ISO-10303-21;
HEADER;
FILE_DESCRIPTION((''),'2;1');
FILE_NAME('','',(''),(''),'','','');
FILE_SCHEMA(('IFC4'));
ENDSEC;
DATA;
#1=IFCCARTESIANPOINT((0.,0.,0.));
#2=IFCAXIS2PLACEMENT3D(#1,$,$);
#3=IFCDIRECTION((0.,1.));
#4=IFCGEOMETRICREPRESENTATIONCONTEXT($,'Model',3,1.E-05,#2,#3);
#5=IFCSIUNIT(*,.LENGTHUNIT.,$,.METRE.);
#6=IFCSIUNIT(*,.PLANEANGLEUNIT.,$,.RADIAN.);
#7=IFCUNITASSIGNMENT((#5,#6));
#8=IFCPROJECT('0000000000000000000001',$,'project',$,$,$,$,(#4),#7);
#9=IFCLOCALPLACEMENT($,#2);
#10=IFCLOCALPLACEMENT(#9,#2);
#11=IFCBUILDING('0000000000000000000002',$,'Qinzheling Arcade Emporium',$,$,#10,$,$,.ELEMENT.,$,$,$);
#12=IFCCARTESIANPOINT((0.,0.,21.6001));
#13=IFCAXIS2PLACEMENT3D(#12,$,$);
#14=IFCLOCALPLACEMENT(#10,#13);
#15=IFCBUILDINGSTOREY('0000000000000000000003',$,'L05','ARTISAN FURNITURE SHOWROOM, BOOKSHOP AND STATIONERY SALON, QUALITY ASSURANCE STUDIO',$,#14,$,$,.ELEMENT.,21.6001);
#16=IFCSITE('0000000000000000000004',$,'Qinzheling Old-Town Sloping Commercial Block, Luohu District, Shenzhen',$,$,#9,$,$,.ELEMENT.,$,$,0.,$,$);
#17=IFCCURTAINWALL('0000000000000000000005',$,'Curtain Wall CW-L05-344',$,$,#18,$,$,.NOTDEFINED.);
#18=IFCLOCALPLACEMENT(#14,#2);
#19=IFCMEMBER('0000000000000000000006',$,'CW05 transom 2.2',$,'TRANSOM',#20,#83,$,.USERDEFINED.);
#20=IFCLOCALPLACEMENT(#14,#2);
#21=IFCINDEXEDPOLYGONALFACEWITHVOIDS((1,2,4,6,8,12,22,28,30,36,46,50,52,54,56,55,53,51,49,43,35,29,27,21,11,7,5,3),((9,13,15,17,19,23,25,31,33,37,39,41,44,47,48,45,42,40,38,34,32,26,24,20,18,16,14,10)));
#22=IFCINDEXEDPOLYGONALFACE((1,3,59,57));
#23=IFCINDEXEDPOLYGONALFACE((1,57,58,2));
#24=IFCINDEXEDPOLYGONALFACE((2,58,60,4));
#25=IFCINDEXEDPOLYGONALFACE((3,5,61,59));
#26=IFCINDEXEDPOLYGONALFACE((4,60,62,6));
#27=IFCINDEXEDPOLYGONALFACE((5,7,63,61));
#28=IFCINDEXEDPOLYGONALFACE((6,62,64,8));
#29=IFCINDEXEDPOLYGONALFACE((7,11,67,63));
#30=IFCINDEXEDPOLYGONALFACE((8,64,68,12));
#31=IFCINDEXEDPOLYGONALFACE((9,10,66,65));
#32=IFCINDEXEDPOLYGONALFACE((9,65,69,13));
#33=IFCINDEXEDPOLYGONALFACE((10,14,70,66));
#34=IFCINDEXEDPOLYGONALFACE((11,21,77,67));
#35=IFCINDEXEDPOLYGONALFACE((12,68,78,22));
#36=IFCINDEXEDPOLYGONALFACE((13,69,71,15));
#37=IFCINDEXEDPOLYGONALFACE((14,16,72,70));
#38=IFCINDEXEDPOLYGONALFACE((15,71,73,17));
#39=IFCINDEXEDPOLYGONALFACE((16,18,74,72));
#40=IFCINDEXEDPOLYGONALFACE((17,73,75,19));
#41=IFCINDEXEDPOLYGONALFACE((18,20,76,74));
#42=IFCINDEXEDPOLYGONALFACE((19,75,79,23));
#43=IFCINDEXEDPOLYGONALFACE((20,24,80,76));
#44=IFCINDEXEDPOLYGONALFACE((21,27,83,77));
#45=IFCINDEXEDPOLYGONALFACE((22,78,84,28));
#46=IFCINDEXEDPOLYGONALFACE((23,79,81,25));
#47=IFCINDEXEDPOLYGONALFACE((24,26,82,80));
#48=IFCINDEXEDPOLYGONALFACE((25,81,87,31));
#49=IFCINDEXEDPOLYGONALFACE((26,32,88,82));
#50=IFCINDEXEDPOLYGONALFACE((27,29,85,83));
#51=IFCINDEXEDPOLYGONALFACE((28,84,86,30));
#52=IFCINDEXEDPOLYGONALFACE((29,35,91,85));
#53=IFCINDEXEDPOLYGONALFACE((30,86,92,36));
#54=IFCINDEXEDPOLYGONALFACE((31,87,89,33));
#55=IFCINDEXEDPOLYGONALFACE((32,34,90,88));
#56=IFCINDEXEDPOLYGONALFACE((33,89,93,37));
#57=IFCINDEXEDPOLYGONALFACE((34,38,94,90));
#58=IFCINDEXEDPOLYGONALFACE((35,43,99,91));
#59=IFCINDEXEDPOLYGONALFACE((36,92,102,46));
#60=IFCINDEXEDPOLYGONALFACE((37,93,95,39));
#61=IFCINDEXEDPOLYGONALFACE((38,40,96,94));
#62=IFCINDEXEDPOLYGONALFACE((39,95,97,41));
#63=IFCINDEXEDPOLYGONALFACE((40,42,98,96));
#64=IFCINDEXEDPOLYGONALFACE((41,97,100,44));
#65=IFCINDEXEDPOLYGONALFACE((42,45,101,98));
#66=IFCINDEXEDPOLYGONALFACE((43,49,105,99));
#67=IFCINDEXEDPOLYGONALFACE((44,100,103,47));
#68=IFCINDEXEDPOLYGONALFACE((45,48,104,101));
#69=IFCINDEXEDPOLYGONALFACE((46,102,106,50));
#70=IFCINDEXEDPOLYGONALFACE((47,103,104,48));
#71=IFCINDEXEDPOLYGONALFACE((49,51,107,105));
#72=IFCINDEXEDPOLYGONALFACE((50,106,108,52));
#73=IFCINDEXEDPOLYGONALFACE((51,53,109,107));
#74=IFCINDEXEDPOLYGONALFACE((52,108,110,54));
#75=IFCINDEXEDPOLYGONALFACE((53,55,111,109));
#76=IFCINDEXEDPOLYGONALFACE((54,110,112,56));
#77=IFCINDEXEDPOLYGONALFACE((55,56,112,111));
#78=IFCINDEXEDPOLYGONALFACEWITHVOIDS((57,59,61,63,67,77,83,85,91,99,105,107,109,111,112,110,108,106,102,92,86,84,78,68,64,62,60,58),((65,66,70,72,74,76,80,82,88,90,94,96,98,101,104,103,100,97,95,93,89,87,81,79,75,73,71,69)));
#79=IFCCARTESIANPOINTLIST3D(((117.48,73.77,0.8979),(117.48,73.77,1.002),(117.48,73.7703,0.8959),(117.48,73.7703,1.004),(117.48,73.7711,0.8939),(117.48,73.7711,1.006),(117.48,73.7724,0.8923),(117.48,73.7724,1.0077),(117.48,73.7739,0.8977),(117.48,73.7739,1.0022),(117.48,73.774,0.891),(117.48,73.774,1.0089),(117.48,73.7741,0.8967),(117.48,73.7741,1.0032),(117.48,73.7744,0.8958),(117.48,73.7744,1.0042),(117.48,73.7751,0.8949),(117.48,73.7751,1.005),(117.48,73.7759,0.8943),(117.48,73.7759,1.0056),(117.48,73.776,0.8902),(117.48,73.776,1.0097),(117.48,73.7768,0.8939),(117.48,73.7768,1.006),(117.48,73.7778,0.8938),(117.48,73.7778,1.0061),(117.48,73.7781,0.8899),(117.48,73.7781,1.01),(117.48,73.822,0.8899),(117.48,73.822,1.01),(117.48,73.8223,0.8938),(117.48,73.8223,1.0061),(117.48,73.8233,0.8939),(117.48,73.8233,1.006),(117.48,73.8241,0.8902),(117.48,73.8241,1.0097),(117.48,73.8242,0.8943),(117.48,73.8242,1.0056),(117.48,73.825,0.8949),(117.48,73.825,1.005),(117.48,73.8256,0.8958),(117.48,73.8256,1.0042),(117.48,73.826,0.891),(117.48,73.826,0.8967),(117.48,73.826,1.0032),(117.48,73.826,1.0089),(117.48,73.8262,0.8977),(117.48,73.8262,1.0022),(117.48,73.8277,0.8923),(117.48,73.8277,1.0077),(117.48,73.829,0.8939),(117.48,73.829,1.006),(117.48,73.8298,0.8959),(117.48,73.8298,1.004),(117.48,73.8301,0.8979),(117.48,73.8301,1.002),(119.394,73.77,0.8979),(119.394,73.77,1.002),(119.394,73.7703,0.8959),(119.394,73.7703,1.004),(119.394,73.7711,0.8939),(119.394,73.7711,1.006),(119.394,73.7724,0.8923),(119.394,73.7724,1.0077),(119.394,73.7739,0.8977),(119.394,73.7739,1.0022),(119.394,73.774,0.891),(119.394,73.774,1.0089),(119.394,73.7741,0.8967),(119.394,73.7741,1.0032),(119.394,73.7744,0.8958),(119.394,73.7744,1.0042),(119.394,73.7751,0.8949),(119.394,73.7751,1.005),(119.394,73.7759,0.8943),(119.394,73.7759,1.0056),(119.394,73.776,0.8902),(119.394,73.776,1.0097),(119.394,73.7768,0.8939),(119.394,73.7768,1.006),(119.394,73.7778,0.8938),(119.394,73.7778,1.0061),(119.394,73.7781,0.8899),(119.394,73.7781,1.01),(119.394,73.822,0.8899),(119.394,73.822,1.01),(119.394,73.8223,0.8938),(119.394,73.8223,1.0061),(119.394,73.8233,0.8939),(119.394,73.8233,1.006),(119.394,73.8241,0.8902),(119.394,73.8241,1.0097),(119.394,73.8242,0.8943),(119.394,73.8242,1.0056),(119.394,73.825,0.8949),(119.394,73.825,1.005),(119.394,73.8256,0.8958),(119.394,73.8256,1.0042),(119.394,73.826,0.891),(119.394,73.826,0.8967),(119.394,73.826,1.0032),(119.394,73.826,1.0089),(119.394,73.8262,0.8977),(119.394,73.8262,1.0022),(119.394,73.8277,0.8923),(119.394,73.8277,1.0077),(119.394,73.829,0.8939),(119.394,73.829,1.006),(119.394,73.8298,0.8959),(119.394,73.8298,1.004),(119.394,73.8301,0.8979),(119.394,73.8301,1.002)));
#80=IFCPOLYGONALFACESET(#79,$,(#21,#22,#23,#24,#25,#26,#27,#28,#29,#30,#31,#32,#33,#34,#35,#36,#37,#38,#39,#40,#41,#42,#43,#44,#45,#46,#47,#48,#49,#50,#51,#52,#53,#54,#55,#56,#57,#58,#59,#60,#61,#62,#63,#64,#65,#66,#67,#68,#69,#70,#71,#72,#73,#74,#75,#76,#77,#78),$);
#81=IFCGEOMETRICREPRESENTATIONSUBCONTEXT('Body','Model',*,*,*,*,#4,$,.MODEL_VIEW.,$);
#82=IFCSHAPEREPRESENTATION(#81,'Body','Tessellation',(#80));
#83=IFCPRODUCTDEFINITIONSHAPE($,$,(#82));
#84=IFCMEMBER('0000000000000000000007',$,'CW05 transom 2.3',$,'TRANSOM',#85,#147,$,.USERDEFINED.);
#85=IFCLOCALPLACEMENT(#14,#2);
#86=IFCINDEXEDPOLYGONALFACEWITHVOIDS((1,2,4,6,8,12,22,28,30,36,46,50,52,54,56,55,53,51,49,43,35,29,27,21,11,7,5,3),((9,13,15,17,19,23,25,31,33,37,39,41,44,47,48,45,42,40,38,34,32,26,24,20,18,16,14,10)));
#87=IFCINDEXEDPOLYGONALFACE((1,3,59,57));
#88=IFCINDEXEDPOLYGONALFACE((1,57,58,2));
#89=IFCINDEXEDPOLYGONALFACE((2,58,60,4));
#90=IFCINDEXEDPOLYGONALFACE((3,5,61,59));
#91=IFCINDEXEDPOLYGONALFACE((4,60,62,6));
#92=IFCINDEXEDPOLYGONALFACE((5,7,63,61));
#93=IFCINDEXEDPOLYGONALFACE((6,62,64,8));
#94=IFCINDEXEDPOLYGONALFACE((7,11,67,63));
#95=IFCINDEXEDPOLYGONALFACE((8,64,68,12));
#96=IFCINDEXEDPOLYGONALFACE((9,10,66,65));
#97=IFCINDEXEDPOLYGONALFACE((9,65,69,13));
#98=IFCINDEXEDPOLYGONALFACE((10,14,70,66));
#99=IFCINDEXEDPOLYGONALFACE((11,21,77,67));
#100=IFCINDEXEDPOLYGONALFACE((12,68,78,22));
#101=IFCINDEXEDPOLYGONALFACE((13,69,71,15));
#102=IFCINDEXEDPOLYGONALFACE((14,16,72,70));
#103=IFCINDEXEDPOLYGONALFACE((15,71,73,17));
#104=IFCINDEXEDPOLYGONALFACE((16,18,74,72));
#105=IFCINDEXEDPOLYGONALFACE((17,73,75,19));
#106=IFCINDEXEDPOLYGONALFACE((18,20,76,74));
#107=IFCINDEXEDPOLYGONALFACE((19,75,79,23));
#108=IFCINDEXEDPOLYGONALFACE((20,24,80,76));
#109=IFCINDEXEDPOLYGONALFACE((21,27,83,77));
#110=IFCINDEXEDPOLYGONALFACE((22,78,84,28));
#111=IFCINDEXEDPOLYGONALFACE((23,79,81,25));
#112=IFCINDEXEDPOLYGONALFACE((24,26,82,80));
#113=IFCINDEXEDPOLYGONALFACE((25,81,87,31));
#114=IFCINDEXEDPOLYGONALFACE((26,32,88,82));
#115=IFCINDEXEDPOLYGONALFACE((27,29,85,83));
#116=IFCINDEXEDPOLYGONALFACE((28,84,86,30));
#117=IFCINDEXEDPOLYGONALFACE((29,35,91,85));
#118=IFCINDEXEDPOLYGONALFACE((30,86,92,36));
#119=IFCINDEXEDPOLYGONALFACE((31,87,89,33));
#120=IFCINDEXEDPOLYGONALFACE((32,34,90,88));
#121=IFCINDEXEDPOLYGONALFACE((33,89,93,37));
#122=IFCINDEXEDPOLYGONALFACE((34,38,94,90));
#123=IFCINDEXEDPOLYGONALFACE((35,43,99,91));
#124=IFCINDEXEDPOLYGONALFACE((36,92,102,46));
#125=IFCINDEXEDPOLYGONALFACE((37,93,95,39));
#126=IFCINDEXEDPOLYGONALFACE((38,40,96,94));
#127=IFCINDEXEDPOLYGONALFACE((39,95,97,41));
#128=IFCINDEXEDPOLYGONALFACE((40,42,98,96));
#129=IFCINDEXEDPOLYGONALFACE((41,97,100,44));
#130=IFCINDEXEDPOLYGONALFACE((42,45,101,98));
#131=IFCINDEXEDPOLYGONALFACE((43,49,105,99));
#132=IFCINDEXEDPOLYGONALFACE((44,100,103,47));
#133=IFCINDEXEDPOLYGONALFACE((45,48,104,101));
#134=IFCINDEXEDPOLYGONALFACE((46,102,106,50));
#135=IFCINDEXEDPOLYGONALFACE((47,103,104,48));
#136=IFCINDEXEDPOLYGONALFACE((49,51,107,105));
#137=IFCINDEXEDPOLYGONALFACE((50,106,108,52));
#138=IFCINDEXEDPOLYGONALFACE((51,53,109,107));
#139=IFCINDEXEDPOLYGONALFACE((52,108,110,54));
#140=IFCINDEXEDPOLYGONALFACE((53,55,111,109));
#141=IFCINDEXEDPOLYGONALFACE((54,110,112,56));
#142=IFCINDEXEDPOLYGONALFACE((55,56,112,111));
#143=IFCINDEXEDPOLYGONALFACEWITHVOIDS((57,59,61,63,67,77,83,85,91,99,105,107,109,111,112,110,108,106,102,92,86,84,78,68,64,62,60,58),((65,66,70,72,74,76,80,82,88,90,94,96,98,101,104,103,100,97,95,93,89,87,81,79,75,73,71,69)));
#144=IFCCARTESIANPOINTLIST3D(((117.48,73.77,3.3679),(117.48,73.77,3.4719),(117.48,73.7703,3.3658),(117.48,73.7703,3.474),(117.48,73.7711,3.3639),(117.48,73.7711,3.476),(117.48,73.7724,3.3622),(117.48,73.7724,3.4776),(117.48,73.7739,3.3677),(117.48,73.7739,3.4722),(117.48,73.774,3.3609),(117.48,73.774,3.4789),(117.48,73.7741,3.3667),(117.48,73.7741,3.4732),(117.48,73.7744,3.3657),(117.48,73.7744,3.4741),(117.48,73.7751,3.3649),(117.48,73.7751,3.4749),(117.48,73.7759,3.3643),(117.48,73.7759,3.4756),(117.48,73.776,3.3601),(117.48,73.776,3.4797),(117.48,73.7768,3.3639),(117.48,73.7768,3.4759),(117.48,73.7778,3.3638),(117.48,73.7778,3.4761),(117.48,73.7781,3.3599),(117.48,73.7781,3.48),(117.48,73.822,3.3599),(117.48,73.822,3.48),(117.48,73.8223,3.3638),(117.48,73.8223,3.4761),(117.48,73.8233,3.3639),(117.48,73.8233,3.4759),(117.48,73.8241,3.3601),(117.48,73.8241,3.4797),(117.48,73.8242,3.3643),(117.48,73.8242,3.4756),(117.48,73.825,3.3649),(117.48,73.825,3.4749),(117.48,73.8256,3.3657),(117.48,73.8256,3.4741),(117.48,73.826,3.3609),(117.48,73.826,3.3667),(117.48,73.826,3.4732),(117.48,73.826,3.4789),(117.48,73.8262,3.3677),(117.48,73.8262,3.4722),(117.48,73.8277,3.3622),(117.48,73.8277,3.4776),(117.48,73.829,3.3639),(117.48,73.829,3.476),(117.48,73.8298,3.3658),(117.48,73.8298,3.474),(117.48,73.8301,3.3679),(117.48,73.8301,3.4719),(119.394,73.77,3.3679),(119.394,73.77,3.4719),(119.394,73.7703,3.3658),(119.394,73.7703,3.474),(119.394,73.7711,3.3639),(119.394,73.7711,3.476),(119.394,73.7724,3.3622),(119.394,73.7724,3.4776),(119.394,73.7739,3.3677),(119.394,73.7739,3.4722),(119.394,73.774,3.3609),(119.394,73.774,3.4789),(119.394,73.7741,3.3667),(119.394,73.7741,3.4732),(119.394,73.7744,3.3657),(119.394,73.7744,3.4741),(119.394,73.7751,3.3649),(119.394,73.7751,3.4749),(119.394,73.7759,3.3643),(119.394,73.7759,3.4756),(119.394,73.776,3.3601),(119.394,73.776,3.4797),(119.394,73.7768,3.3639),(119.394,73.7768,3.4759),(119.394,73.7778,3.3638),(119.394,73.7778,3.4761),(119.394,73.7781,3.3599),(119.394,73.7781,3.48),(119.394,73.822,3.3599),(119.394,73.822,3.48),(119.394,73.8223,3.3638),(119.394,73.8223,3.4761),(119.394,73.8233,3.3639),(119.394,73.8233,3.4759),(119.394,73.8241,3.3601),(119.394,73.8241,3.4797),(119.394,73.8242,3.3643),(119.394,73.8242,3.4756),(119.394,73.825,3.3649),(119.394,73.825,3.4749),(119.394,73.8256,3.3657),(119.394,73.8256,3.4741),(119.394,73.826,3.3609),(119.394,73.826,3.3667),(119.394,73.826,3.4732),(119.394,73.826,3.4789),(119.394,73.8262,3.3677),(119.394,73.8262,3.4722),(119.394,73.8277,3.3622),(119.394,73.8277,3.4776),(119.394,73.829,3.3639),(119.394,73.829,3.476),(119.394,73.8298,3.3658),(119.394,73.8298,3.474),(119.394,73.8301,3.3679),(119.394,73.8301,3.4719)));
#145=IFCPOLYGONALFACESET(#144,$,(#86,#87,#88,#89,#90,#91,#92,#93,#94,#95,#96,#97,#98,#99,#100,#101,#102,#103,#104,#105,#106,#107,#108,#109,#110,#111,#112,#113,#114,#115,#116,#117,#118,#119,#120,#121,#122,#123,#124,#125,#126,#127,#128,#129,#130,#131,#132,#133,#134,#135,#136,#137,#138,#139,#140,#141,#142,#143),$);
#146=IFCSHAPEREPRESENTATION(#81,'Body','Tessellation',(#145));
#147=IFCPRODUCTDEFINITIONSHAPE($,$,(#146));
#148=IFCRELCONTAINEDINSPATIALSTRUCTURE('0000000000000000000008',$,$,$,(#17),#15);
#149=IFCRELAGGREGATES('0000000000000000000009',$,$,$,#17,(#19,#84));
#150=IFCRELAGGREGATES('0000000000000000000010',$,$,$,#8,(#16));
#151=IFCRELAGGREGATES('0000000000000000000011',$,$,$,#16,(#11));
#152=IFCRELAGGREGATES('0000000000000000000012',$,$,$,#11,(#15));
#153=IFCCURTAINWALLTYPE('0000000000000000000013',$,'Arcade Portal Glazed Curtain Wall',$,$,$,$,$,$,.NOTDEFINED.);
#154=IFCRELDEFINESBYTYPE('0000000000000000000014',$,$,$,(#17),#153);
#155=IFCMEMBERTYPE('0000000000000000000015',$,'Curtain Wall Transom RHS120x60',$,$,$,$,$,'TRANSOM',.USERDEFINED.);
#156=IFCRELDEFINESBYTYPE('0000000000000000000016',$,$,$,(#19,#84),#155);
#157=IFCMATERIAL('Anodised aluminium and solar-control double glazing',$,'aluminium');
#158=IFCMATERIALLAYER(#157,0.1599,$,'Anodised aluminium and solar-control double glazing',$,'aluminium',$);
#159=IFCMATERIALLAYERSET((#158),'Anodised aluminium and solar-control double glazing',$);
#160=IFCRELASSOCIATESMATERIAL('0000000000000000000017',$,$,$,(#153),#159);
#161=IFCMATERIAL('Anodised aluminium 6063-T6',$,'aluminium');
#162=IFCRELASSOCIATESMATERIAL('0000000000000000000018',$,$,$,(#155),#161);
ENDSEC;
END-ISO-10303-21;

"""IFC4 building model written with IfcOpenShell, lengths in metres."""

from ifc_helpers import new_model, si_unit, direction, frame, origin, origin_2d, place, context, subcontext, project, spatial, hollow_rectangle, extrude, material, layer, layer_set, material_profile, profile_set, type_object, element, aggregate, save


model = new_model("IFC4")

# Units and contexts
model_context = context("Model", 3, precision=1e-05, world=origin(), true_north=direction((0.0, 1.0)))
body_context = subcontext(model_context, "Body", "Model", "MODEL_VIEW")
ifc_project = project(units=[si_unit("LENGTHUNIT", "METRE"), si_unit("PLANEANGLEUNIT", "RADIAN")], contexts=[model_context])

# Site, building, storey
site_placement = place(None, origin())
site = spatial("IfcSite", under=ifc_project, at=site_placement, Name="Qinzheling Old-Town Sloping Commercial Block, Luohu District, Shenzhen", CompositionType="ELEMENT", RefElevation=0.0)
building_placement = place(site_placement, origin())
building = spatial("IfcBuilding", under=site, at=building_placement, Name="Qinzheling Arcade Emporium", CompositionType="ELEMENT")
storey_placement = place(building_placement, frame((0.0, 0.0, 21.6001)))
storey = spatial("IfcBuildingStorey", under=building, at=storey_placement, Name="L05", Description="ARTISAN FURNITURE SHOWROOM, BOOKSHOP AND STATIONERY SALON, QUALITY ASSURANCE STUDIO", CompositionType="ELEMENT", Elevation=21.6001)

# Curtain wall, members
ifc_material_1 = material(Name="Anodised aluminium and solar-control double glazing", Category="aluminium")
ifc_layer_1 = layer(ifc_material_1, 0.1599, Name="Anodised aluminium and solar-control double glazing", Category="aluminium")
ifc_layer_set_1 = layer_set([ifc_layer_1], Name="Anodised aluminium and solar-control double glazing")
curtain_wall_type = type_object("IfcCurtainWallType", Name="Arcade Portal Glazed Curtain Wall", PredefinedType="NOTDEFINED", material=ifc_layer_set_1)
curtain_wall_placement = place(storey_placement, origin())
curtain_wall = element("IfcCurtainWall", 1, at=curtain_wall_placement, inside=storey, type_object=curtain_wall_type, Name="Curtain Wall CW-L05-344", PredefinedType="NOTDEFINED")
ifc_material_2 = material(Name="Anodised aluminium 6063-T6", Category="aluminium")
ifc_material_profile_1 = material_profile(ifc_material_2, hollow_rectangle(XDim=0.0601, YDim=0.1201, WallThickness=0.0039, InnerFilletRadius=0.0039, OuterFilletRadius=0.0081, at=origin_2d()), Name="RHS 120x60x4", Category="aluminium")
ifc_profile_set_1 = profile_set([ifc_material_profile_1], Name="Anodised aluminium 6063-T6")
member_type_1 = type_object("IfcMemberType", Name="Curtain Wall Transom RHS120x60", ElementType="TRANSOM", PredefinedType="USERDEFINED", material=ifc_profile_set_1)
member_1_placement = place(storey_placement, frame((119.394, 73.8, 0.95), z_axis=(-1.0, 0.0, 0.0), x_axis=(0.0, -1.0, 0.0)))
member_1 = element("IfcMember", 2, at=member_1_placement, type_object=member_type_1, Name="CW05 transom 2.2", ObjectType="TRANSOM", PredefinedType="USERDEFINED", context=body_context, shape_type="SweptSolid", body=[
    extrude(hollow_rectangle(XDim=0.0601, YDim=0.1201, WallThickness=0.0039, InnerFilletRadius=0.0039, OuterFilletRadius=0.0081, at=origin_2d()), origin(), (0.0, 0.0, 1.0), 1.9141),
])
member_2_placement = place(storey_placement, frame((119.394, 73.8, 3.4199), z_axis=(-1.0, 0.0, 0.0), x_axis=(0.0, -1.0, 0.0)))
member_2 = element("IfcMember", 3, at=member_2_placement, type_object=member_type_1, Name="CW05 transom 2.3", ObjectType="TRANSOM", PredefinedType="USERDEFINED", context=body_context, shape_type="SweptSolid", body=[
    extrude(hollow_rectangle(XDim=0.0601, YDim=0.1201, WallThickness=0.0039, InnerFilletRadius=0.0039, OuterFilletRadius=0.0081, at=origin_2d()), origin(), (0.0, 0.0, 1.0), 1.9141),
])

aggregate(curtain_wall, [member_1, member_2])

save(model, "model.ifc")
